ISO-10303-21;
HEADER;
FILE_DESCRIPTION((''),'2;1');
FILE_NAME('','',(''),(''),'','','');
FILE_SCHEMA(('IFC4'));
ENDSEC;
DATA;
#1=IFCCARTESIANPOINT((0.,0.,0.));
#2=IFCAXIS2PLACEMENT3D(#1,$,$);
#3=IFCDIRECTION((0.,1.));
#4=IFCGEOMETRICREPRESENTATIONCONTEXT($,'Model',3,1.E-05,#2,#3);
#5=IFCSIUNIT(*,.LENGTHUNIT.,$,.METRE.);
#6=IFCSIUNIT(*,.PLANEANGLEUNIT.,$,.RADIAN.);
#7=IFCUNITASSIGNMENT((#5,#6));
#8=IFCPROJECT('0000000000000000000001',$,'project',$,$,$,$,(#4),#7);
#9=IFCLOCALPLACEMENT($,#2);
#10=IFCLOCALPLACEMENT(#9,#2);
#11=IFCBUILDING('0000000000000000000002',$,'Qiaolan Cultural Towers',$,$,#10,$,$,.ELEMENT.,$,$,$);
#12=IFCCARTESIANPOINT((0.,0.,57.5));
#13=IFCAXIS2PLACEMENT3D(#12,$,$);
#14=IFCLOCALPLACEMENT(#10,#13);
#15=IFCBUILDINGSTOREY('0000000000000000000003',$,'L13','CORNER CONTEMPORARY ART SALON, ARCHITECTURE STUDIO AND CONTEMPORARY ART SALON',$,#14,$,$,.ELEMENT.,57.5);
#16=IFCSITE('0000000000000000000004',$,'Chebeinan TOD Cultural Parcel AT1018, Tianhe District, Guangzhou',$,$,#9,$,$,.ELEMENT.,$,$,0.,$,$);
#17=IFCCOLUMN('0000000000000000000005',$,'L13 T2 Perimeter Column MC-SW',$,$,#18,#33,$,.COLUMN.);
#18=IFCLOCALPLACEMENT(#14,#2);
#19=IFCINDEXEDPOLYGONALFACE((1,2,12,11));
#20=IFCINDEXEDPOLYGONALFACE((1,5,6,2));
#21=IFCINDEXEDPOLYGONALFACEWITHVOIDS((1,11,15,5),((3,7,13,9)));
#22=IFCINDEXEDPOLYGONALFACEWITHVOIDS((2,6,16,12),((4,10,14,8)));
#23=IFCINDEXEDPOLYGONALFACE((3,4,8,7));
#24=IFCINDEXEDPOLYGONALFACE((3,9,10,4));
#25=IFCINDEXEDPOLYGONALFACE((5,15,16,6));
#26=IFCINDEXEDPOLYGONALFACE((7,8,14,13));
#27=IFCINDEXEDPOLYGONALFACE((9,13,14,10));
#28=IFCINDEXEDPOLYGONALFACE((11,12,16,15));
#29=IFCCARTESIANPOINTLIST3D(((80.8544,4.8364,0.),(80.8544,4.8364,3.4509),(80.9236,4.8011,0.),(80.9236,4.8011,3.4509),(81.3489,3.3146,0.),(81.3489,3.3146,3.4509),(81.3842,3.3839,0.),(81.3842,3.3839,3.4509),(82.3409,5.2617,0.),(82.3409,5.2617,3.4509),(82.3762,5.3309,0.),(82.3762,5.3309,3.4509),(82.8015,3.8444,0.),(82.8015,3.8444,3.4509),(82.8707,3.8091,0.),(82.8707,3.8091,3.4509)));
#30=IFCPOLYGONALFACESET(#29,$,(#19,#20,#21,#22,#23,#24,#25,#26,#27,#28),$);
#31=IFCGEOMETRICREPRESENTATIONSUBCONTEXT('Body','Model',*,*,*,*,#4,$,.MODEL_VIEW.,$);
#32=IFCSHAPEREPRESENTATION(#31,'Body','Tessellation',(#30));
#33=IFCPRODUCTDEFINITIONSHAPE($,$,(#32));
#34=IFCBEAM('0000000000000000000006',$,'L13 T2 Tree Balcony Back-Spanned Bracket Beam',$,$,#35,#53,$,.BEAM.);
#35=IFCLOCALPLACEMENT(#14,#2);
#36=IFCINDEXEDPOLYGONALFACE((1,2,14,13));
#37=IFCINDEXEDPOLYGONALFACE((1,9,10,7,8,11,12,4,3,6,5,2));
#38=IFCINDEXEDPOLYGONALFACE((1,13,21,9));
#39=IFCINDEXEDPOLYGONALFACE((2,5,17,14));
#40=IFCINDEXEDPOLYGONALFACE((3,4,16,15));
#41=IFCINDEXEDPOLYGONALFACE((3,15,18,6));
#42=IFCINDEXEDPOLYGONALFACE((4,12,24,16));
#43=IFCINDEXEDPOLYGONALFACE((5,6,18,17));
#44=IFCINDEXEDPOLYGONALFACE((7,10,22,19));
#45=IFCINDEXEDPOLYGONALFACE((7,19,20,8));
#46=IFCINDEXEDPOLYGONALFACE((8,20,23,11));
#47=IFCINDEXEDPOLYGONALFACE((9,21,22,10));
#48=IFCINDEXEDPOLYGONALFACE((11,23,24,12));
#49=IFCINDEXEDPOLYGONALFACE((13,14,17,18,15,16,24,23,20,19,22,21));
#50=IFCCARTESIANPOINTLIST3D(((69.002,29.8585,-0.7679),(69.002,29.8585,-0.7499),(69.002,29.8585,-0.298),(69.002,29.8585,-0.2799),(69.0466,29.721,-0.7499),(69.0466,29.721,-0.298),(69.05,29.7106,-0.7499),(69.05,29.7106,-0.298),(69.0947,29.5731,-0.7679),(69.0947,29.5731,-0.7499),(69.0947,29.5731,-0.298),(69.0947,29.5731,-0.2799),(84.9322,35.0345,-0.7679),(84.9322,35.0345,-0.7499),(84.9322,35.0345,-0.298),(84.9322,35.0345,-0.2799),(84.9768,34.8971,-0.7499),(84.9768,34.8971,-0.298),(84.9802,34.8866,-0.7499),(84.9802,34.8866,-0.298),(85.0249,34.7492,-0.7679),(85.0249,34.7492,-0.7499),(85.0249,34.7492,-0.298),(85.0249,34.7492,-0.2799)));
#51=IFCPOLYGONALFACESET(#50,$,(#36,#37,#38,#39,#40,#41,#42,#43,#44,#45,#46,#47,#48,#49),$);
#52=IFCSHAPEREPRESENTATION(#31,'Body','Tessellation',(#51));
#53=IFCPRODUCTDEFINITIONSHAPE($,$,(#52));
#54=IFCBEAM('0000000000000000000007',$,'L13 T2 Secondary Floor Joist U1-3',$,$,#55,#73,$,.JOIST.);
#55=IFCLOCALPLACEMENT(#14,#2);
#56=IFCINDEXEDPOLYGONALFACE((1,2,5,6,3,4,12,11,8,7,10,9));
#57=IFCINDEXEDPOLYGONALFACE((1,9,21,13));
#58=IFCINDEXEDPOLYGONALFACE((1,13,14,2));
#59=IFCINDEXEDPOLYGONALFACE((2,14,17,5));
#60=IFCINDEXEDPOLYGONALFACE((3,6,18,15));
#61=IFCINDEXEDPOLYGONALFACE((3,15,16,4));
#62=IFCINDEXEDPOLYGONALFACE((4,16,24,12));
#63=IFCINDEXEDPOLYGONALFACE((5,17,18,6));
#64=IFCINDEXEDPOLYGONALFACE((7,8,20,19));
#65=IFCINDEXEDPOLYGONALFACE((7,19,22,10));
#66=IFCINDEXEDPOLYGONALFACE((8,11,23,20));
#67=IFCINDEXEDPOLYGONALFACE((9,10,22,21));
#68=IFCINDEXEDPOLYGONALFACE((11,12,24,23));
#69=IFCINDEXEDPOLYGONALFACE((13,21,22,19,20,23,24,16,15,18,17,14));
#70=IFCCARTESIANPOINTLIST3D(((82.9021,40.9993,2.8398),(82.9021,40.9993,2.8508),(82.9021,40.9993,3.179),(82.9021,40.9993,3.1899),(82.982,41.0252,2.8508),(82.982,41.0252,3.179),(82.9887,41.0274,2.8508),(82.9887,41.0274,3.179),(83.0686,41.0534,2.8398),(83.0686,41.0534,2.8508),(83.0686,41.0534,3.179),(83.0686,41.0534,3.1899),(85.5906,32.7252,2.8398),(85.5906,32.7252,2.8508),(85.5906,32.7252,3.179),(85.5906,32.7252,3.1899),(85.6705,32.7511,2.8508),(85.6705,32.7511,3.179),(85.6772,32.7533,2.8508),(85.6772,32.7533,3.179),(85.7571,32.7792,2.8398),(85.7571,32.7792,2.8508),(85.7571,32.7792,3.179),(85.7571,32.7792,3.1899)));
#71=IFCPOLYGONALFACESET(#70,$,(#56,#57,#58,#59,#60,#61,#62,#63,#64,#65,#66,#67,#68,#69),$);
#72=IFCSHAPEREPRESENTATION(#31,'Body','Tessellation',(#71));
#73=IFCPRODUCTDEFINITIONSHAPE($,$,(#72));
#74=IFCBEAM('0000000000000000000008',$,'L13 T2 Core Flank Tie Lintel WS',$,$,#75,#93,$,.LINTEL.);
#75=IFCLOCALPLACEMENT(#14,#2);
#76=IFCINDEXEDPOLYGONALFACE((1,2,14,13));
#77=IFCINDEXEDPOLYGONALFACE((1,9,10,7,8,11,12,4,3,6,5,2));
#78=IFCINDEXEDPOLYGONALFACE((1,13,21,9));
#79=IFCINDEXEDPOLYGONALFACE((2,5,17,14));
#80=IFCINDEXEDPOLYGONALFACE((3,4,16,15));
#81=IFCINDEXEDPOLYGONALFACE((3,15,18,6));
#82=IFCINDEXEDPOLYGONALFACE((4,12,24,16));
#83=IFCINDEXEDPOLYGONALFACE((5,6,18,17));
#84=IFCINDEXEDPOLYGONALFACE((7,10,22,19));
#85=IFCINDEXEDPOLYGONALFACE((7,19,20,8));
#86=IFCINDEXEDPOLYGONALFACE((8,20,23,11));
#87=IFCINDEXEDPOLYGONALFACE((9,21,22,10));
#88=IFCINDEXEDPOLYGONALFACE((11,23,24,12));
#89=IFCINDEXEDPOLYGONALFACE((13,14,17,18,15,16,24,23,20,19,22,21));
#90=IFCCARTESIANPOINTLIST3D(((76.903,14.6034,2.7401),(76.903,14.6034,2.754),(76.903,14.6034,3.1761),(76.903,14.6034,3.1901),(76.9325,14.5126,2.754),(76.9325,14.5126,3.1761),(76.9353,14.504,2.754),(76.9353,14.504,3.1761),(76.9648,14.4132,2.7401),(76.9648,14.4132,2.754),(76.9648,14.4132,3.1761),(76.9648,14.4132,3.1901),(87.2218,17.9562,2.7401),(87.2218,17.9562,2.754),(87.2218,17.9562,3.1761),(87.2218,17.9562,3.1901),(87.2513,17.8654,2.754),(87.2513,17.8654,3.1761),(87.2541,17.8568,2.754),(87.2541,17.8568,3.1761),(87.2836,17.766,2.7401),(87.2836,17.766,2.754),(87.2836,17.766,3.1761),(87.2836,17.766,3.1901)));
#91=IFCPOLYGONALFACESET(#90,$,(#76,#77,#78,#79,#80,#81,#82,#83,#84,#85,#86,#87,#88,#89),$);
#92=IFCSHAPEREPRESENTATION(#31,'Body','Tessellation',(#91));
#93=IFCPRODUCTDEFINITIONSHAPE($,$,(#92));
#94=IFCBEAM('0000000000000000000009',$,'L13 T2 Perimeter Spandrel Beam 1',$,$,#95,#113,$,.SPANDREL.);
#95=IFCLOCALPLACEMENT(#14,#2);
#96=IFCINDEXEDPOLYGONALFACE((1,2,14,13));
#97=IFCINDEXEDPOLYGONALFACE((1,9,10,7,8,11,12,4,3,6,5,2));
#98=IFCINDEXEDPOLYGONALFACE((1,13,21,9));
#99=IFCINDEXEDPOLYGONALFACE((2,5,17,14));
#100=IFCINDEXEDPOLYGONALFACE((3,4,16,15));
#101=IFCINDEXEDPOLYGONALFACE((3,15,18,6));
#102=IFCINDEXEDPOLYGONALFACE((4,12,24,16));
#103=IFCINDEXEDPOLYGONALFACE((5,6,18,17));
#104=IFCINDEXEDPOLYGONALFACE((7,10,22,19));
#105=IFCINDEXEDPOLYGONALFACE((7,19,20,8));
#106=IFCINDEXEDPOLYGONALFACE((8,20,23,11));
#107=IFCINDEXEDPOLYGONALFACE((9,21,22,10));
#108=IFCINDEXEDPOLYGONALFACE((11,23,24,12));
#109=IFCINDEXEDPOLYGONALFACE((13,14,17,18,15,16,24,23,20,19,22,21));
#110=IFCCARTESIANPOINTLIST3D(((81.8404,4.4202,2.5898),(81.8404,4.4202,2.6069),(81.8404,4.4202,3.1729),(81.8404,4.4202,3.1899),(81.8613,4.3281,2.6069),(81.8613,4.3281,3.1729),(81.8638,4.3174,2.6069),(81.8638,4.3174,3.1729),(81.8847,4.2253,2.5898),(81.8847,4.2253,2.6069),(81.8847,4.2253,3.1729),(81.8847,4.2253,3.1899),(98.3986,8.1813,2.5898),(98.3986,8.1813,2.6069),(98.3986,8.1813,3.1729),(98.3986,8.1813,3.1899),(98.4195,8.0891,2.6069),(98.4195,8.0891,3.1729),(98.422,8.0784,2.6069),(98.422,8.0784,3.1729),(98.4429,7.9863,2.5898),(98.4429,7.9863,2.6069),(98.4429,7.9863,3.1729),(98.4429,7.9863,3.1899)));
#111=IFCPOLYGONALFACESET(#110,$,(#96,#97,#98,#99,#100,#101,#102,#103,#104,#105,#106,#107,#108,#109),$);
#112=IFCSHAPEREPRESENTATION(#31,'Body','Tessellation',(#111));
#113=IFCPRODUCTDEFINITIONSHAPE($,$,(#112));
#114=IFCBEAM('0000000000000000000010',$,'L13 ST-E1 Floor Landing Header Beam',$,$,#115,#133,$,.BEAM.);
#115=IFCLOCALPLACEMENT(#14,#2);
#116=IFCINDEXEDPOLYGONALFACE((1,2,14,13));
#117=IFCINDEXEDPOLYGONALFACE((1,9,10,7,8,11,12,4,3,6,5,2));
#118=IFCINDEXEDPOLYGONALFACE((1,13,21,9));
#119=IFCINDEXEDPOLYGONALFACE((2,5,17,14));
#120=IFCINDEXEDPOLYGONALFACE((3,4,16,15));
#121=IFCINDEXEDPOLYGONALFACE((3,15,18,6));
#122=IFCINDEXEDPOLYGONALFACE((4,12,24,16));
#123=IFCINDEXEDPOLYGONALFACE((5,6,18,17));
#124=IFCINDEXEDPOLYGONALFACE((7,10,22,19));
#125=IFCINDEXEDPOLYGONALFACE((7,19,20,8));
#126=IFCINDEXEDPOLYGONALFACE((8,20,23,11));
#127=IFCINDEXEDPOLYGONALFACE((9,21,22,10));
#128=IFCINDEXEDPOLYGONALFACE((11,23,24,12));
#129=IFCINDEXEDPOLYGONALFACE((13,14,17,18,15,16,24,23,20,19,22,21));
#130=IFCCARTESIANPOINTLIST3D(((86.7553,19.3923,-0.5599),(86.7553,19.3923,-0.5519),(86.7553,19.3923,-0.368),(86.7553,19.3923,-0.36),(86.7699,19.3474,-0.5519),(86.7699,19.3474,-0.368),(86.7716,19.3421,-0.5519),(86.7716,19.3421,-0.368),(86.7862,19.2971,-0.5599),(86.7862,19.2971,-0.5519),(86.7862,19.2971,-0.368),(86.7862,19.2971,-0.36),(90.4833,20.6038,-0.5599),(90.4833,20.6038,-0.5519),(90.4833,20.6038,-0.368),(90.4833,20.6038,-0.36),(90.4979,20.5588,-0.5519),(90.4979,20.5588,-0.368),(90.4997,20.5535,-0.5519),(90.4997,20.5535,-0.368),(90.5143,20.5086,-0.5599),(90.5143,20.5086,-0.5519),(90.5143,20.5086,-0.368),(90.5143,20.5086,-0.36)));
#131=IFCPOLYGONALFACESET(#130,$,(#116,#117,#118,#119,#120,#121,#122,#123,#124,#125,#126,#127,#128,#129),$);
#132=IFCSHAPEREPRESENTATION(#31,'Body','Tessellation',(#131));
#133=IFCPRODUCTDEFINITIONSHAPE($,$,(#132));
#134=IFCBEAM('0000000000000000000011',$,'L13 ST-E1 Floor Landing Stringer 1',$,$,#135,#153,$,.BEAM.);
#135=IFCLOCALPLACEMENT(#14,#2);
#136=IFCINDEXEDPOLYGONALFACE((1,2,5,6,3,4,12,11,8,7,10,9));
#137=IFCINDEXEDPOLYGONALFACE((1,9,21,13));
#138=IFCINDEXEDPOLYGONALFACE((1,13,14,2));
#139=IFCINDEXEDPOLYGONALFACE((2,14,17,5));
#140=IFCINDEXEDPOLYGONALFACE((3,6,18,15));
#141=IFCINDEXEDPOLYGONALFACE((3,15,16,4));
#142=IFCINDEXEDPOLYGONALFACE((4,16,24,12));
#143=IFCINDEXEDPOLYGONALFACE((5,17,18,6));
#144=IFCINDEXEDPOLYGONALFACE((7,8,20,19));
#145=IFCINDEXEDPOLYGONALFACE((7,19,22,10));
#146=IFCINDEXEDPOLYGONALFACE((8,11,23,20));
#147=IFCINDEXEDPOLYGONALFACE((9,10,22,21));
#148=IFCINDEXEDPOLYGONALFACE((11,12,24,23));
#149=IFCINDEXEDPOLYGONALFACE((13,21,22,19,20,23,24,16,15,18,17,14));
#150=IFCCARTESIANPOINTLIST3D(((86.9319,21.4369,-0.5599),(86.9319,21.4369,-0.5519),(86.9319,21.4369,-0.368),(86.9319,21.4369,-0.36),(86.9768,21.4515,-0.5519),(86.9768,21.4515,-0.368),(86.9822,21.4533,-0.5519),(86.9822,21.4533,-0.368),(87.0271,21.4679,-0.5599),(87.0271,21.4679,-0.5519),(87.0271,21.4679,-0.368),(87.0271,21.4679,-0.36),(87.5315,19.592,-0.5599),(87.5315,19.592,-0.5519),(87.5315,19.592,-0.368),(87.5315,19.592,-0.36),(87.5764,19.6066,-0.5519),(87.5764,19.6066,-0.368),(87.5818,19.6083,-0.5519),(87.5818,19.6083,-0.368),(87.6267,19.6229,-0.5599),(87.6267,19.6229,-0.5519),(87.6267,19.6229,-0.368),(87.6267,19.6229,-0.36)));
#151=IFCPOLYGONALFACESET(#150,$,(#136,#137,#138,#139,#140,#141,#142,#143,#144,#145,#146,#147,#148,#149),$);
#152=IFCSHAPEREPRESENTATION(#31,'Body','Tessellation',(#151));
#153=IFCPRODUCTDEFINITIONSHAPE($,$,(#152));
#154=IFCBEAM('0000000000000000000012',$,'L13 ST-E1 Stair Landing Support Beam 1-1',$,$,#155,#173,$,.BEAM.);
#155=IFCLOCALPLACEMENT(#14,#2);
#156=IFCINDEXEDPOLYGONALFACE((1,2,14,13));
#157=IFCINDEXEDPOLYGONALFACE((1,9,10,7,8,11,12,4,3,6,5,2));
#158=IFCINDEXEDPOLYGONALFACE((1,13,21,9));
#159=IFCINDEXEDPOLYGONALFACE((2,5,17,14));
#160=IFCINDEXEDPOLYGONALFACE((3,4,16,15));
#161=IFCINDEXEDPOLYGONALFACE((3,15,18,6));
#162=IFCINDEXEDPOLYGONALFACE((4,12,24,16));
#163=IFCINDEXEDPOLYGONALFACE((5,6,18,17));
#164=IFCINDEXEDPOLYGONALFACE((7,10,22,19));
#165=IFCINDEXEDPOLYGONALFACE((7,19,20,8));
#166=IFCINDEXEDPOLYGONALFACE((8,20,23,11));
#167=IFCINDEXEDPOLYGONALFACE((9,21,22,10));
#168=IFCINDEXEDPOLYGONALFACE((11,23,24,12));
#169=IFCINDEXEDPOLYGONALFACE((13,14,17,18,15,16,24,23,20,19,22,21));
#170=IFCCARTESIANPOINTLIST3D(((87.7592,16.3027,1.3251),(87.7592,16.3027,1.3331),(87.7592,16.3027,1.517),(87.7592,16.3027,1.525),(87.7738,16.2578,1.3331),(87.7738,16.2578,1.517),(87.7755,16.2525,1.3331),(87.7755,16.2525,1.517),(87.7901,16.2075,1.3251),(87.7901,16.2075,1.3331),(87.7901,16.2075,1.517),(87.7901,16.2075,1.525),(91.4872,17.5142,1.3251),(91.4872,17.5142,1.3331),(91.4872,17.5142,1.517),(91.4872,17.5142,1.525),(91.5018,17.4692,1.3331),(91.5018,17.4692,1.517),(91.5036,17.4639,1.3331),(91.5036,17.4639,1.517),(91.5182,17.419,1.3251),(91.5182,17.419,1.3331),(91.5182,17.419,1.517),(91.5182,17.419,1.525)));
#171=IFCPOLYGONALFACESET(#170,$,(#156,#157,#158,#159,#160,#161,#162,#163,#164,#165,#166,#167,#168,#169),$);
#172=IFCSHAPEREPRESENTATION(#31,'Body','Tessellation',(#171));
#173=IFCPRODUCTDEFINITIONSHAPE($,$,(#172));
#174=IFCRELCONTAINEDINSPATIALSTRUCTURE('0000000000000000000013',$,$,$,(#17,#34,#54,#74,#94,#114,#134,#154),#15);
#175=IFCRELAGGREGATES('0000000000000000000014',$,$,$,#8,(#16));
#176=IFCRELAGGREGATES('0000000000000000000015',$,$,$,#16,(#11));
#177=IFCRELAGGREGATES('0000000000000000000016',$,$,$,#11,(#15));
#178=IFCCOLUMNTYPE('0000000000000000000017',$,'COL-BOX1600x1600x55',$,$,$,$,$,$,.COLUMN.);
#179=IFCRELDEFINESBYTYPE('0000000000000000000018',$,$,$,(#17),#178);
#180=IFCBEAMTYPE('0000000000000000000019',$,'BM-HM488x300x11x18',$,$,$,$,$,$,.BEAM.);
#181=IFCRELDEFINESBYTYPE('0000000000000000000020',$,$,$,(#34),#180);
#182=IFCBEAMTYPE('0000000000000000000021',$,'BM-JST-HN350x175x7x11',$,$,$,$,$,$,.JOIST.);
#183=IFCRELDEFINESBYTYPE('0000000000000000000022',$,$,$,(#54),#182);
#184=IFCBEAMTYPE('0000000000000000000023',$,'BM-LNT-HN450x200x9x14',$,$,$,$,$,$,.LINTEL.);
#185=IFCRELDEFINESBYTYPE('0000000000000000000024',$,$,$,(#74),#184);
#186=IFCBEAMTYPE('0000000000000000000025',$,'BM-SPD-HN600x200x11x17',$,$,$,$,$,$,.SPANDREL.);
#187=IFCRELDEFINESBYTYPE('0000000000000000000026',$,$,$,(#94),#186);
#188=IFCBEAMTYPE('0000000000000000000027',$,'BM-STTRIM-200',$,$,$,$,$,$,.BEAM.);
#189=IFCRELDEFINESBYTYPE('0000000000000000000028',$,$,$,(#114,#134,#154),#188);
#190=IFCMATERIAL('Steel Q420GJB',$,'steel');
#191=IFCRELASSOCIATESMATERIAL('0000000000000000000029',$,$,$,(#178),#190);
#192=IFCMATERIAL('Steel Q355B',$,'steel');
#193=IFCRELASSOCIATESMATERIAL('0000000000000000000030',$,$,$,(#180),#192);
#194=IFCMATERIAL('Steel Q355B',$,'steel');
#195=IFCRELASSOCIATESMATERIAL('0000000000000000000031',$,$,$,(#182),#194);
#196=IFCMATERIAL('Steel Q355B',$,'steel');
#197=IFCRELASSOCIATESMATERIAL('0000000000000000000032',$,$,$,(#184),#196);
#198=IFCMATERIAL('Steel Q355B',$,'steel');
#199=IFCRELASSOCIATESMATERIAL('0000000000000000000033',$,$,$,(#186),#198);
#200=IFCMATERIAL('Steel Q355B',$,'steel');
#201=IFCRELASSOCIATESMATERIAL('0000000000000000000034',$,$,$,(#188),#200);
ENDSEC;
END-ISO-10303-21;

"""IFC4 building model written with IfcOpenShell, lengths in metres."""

from ifc_helpers import new_model, si_unit, direction, frame, origin, origin_2d, place, context, subcontext, project, spatial, hollow_rectangle, i_section, extrude, material, material_profile, profile_set, type_object, element, save


model = new_model("IFC4")

# Units and contexts
model_context = context("Model", 3, precision=1e-05, world=origin(), true_north=direction((0.0, 1.0)))
body_context = subcontext(model_context, "Body", "Model", "MODEL_VIEW")
ifc_project = project(units=[si_unit("LENGTHUNIT", "METRE"), si_unit("PLANEANGLEUNIT", "RADIAN")], contexts=[model_context])

# Site, building, storey
site_placement = place(None, origin())
site = spatial("IfcSite", under=ifc_project, at=site_placement, Name="Chebeinan TOD Cultural Parcel AT1018, Tianhe District, Guangzhou", CompositionType="ELEMENT", RefElevation=0.0)
building_placement = place(site_placement, origin())
building = spatial("IfcBuilding", under=site, at=building_placement, Name="Qiaolan Cultural Towers", CompositionType="ELEMENT")
storey_placement = place(building_placement, frame((0.0, 0.0, 57.5)))
storey = spatial("IfcBuildingStorey", under=building, at=storey_placement, Name="L13", Description="CORNER CONTEMPORARY ART SALON, ARCHITECTURE STUDIO AND CONTEMPORARY ART SALON", CompositionType="ELEMENT", Elevation=57.5)

# Column
ifc_material_1 = material(Name="Steel Q420GJB", Category="steel")
ifc_material_profile_1 = material_profile(ifc_material_1, hollow_rectangle(XDim=1.6001, YDim=1.6001, WallThickness=0.0549, at=origin_2d()), Name="BOX1600x1600x55")
ifc_profile_set_1 = profile_set([ifc_material_profile_1], Name="Steel Q420GJB")
column_type = type_object("IfcColumnType", Name="COL-BOX1600x1600x55", PredefinedType="COLUMN", material=ifc_profile_set_1)
column_placement = place(storey_placement, frame((81.8625, 4.3228, 0.0), z_axis=(0.0, 0.0, 1.0), x_axis=(0.951057, 0.309017, 0.0)))
element("IfcColumn", 1, at=column_placement, inside=storey, type_object=column_type, Name="L13 T2 Perimeter Column MC-SW", PredefinedType="COLUMN", context=body_context, shape_type="SweptSolid", body=[
    extrude(hollow_rectangle(XDim=1.6001, YDim=1.6001, WallThickness=0.0549, at=origin_2d()), origin(), (0.0, 0.0, 1.0), 3.4509),
])

# Beams
ifc_material_2 = material(Name="Steel Q355B", Category="steel")
ifc_material_profile_2 = material_profile(ifc_material_2, i_section(OverallWidth=0.3, OverallDepth=0.488, WebThickness=0.011, FlangeThickness=0.0181, at=origin_2d()), Name="HM488x300x11x18")
ifc_profile_set_2 = profile_set([ifc_material_profile_2], Name="Steel Q355B")
beam_type_1 = type_object("IfcBeamType", Name="BM-HM488x300x11x18", PredefinedType="BEAM", material=ifc_profile_set_2)
beam_1_placement = place(storey_placement, frame((84.9785, 34.8918, -0.5239), z_axis=(-0.951057, -0.309017, 0.0), x_axis=(0.309017, -0.951057, 0.0)))
element("IfcBeam", 2, at=beam_1_placement, inside=storey, type_object=beam_type_1, Name="L13 T2 Tree Balcony Back-Spanned Bracket Beam", PredefinedType="BEAM", context=body_context, shape_type="SweptSolid", body=[
    extrude(i_section(OverallWidth=0.3, OverallDepth=0.488, WebThickness=0.011, FlangeThickness=0.0181, at=origin_2d()), origin(), (0.0, 0.0, 1.0), 16.75),
])
ifc_material_3 = material(Name="Steel Q355B", Category="steel")
ifc_material_profile_3 = material_profile(ifc_material_3, i_section(OverallWidth=0.175, OverallDepth=0.3501, WebThickness=0.0071, FlangeThickness=0.011, at=origin_2d()), Name="HN350x175x7x11")
ifc_profile_set_3 = profile_set([ifc_material_profile_3], Name="Steel Q355B")
beam_type_2 = type_object("IfcBeamType", Name="BM-JST-HN350x175x7x11", PredefinedType="JOIST", material=ifc_profile_set_3)
beam_2_placement = place(storey_placement, frame((85.6738, 32.7522, 3.0149), z_axis=(-0.309021, 0.951055, 0.0), x_axis=(-0.951055, -0.309021, 0.0)))
element("IfcBeam", 3, at=beam_2_placement, inside=storey, type_object=beam_type_2, Name="L13 T2 Secondary Floor Joist U1-3", PredefinedType="JOIST", context=body_context, shape_type="SweptSolid", body=[
    extrude(i_section(OverallWidth=0.175, OverallDepth=0.3501, WebThickness=0.0071, FlangeThickness=0.011, at=origin_2d()), origin(), (0.0, 0.0, 1.0), 8.7),
])
ifc_material_4 = material(Name="Steel Q355B", Category="steel")
ifc_material_profile_4 = material_profile(ifc_material_4, i_section(OverallWidth=0.2, OverallDepth=0.45, WebThickness=0.009, FlangeThickness=0.0139, at=origin_2d()), Name="HN450x200x9x14")
ifc_profile_set_4 = profile_set([ifc_material_profile_4], Name="Steel Q355B")
beam_type_3 = type_object("IfcBeamType", Name="BM-LNT-HN450x200x9x14", PredefinedType="LINTEL", material=ifc_profile_set_4)
beam_3_placement = place(storey_placement, frame((87.2527, 17.8611, 2.9651), z_axis=(-0.951057, -0.309016, 0.0), x_axis=(0.309016, -0.951057, 0.0)))
element("IfcBeam", 4, at=beam_3_placement, inside=storey, type_object=beam_type_3, Name="L13 T2 Core Flank Tie Lintel WS", PredefinedType="LINTEL", context=body_context, shape_type="SweptSolid", body=[
    extrude(i_section(OverallWidth=0.2, OverallDepth=0.45, WebThickness=0.009, FlangeThickness=0.0139, at=origin_2d()), origin(), (0.0, 0.0, 1.0), 10.8499),
])
ifc_material_5 = material(Name="Steel Q355B", Category="steel")
ifc_material_profile_5 = material_profile(ifc_material_5, i_section(OverallWidth=0.2, OverallDepth=0.6001, WebThickness=0.011, FlangeThickness=0.0171, at=origin_2d()), Name="HN600x200x11x17")
ifc_profile_set_5 = profile_set([ifc_material_profile_5], Name="Steel Q355B")
beam_type_4 = type_object("IfcBeamType", Name="BM-SPD-HN600x200x11x17", PredefinedType="SPANDREL", material=ifc_profile_set_5)
beam_4_placement = place(storey_placement, frame((81.8625, 4.3228, 2.8899), z_axis=(0.975161, 0.221497, 0.0), x_axis=(-0.221497, 0.975161, 0.0)))
element("IfcBeam", 5, at=beam_4_placement, inside=storey, type_object=beam_type_4, Name="L13 T2 Perimeter Spandrel Beam 1", PredefinedType="SPANDREL", context=body_context, shape_type="SweptSolid", body=[
    extrude(i_section(OverallWidth=0.2, OverallDepth=0.6001, WebThickness=0.011, FlangeThickness=0.0171, at=origin_2d()), origin(), (0.0, 0.0, 1.0), 16.98),
])
ifc_material_6 = material(Name="Steel Q355B", Category="steel")
ifc_material_profile_6 = material_profile(ifc_material_6, i_section(OverallWidth=0.1001, OverallDepth=0.2, WebThickness=0.0056, FlangeThickness=0.0081, at=origin_2d()), Name="HN200x100x5.5x8")
ifc_profile_set_6 = profile_set([ifc_material_profile_6], Name="Steel Q355B")
beam_type_5 = type_object("IfcBeamType", Name="BM-STTRIM-200", PredefinedType="BEAM", material=ifc_profile_set_6)
beam_5_placement = place(storey_placement, frame((86.7708, 19.3447, -0.46), z_axis=(0.951048, 0.309044, 0.0), x_axis=(-0.309044, 0.951048, 0.0)))
element("IfcBeam", 6, at=beam_5_placement, inside=storey, type_object=beam_type_5, Name="L13 ST-E1 Floor Landing Header Beam", PredefinedType="BEAM", context=body_context, shape_type="SweptSolid", body=[
    extrude(i_section(OverallWidth=0.1001, OverallDepth=0.2, WebThickness=0.0056, FlangeThickness=0.0081, at=origin_2d()), origin(), (0.0, 0.0, 1.0), 3.9199),
])
beam_6_placement = place(storey_placement, frame((86.9795, 21.4524, -0.46), z_axis=(0.309083, -0.951035, 0.0), x_axis=(0.951035, 0.309083, 0.0)))
element("IfcBeam", 7, at=beam_6_placement, inside=storey, type_object=beam_type_5, Name="L13 ST-E1 Floor Landing Stringer 1", PredefinedType="BEAM", context=body_context, shape_type="SweptSolid", body=[
    extrude(i_section(OverallWidth=0.1001, OverallDepth=0.2, WebThickness=0.0056, FlangeThickness=0.0081, at=origin_2d()), origin(), (0.0, 0.0, 1.0), 1.9399),
])
beam_7_placement = place(storey_placement, frame((87.7747, 16.2551, 1.425), z_axis=(0.951048, 0.309044, 0.0), x_axis=(-0.309044, 0.951048, 0.0)))
element("IfcBeam", 8, at=beam_7_placement, inside=storey, type_object=beam_type_5, Name="L13 ST-E1 Stair Landing Support Beam 1-1", PredefinedType="BEAM", context=body_context, shape_type="SweptSolid", body=[
    extrude(i_section(OverallWidth=0.1001, OverallDepth=0.2, WebThickness=0.0056, FlangeThickness=0.0081, at=origin_2d()), origin(), (0.0, 0.0, 1.0), 3.9199),
])

save(model, "model.ifc")
